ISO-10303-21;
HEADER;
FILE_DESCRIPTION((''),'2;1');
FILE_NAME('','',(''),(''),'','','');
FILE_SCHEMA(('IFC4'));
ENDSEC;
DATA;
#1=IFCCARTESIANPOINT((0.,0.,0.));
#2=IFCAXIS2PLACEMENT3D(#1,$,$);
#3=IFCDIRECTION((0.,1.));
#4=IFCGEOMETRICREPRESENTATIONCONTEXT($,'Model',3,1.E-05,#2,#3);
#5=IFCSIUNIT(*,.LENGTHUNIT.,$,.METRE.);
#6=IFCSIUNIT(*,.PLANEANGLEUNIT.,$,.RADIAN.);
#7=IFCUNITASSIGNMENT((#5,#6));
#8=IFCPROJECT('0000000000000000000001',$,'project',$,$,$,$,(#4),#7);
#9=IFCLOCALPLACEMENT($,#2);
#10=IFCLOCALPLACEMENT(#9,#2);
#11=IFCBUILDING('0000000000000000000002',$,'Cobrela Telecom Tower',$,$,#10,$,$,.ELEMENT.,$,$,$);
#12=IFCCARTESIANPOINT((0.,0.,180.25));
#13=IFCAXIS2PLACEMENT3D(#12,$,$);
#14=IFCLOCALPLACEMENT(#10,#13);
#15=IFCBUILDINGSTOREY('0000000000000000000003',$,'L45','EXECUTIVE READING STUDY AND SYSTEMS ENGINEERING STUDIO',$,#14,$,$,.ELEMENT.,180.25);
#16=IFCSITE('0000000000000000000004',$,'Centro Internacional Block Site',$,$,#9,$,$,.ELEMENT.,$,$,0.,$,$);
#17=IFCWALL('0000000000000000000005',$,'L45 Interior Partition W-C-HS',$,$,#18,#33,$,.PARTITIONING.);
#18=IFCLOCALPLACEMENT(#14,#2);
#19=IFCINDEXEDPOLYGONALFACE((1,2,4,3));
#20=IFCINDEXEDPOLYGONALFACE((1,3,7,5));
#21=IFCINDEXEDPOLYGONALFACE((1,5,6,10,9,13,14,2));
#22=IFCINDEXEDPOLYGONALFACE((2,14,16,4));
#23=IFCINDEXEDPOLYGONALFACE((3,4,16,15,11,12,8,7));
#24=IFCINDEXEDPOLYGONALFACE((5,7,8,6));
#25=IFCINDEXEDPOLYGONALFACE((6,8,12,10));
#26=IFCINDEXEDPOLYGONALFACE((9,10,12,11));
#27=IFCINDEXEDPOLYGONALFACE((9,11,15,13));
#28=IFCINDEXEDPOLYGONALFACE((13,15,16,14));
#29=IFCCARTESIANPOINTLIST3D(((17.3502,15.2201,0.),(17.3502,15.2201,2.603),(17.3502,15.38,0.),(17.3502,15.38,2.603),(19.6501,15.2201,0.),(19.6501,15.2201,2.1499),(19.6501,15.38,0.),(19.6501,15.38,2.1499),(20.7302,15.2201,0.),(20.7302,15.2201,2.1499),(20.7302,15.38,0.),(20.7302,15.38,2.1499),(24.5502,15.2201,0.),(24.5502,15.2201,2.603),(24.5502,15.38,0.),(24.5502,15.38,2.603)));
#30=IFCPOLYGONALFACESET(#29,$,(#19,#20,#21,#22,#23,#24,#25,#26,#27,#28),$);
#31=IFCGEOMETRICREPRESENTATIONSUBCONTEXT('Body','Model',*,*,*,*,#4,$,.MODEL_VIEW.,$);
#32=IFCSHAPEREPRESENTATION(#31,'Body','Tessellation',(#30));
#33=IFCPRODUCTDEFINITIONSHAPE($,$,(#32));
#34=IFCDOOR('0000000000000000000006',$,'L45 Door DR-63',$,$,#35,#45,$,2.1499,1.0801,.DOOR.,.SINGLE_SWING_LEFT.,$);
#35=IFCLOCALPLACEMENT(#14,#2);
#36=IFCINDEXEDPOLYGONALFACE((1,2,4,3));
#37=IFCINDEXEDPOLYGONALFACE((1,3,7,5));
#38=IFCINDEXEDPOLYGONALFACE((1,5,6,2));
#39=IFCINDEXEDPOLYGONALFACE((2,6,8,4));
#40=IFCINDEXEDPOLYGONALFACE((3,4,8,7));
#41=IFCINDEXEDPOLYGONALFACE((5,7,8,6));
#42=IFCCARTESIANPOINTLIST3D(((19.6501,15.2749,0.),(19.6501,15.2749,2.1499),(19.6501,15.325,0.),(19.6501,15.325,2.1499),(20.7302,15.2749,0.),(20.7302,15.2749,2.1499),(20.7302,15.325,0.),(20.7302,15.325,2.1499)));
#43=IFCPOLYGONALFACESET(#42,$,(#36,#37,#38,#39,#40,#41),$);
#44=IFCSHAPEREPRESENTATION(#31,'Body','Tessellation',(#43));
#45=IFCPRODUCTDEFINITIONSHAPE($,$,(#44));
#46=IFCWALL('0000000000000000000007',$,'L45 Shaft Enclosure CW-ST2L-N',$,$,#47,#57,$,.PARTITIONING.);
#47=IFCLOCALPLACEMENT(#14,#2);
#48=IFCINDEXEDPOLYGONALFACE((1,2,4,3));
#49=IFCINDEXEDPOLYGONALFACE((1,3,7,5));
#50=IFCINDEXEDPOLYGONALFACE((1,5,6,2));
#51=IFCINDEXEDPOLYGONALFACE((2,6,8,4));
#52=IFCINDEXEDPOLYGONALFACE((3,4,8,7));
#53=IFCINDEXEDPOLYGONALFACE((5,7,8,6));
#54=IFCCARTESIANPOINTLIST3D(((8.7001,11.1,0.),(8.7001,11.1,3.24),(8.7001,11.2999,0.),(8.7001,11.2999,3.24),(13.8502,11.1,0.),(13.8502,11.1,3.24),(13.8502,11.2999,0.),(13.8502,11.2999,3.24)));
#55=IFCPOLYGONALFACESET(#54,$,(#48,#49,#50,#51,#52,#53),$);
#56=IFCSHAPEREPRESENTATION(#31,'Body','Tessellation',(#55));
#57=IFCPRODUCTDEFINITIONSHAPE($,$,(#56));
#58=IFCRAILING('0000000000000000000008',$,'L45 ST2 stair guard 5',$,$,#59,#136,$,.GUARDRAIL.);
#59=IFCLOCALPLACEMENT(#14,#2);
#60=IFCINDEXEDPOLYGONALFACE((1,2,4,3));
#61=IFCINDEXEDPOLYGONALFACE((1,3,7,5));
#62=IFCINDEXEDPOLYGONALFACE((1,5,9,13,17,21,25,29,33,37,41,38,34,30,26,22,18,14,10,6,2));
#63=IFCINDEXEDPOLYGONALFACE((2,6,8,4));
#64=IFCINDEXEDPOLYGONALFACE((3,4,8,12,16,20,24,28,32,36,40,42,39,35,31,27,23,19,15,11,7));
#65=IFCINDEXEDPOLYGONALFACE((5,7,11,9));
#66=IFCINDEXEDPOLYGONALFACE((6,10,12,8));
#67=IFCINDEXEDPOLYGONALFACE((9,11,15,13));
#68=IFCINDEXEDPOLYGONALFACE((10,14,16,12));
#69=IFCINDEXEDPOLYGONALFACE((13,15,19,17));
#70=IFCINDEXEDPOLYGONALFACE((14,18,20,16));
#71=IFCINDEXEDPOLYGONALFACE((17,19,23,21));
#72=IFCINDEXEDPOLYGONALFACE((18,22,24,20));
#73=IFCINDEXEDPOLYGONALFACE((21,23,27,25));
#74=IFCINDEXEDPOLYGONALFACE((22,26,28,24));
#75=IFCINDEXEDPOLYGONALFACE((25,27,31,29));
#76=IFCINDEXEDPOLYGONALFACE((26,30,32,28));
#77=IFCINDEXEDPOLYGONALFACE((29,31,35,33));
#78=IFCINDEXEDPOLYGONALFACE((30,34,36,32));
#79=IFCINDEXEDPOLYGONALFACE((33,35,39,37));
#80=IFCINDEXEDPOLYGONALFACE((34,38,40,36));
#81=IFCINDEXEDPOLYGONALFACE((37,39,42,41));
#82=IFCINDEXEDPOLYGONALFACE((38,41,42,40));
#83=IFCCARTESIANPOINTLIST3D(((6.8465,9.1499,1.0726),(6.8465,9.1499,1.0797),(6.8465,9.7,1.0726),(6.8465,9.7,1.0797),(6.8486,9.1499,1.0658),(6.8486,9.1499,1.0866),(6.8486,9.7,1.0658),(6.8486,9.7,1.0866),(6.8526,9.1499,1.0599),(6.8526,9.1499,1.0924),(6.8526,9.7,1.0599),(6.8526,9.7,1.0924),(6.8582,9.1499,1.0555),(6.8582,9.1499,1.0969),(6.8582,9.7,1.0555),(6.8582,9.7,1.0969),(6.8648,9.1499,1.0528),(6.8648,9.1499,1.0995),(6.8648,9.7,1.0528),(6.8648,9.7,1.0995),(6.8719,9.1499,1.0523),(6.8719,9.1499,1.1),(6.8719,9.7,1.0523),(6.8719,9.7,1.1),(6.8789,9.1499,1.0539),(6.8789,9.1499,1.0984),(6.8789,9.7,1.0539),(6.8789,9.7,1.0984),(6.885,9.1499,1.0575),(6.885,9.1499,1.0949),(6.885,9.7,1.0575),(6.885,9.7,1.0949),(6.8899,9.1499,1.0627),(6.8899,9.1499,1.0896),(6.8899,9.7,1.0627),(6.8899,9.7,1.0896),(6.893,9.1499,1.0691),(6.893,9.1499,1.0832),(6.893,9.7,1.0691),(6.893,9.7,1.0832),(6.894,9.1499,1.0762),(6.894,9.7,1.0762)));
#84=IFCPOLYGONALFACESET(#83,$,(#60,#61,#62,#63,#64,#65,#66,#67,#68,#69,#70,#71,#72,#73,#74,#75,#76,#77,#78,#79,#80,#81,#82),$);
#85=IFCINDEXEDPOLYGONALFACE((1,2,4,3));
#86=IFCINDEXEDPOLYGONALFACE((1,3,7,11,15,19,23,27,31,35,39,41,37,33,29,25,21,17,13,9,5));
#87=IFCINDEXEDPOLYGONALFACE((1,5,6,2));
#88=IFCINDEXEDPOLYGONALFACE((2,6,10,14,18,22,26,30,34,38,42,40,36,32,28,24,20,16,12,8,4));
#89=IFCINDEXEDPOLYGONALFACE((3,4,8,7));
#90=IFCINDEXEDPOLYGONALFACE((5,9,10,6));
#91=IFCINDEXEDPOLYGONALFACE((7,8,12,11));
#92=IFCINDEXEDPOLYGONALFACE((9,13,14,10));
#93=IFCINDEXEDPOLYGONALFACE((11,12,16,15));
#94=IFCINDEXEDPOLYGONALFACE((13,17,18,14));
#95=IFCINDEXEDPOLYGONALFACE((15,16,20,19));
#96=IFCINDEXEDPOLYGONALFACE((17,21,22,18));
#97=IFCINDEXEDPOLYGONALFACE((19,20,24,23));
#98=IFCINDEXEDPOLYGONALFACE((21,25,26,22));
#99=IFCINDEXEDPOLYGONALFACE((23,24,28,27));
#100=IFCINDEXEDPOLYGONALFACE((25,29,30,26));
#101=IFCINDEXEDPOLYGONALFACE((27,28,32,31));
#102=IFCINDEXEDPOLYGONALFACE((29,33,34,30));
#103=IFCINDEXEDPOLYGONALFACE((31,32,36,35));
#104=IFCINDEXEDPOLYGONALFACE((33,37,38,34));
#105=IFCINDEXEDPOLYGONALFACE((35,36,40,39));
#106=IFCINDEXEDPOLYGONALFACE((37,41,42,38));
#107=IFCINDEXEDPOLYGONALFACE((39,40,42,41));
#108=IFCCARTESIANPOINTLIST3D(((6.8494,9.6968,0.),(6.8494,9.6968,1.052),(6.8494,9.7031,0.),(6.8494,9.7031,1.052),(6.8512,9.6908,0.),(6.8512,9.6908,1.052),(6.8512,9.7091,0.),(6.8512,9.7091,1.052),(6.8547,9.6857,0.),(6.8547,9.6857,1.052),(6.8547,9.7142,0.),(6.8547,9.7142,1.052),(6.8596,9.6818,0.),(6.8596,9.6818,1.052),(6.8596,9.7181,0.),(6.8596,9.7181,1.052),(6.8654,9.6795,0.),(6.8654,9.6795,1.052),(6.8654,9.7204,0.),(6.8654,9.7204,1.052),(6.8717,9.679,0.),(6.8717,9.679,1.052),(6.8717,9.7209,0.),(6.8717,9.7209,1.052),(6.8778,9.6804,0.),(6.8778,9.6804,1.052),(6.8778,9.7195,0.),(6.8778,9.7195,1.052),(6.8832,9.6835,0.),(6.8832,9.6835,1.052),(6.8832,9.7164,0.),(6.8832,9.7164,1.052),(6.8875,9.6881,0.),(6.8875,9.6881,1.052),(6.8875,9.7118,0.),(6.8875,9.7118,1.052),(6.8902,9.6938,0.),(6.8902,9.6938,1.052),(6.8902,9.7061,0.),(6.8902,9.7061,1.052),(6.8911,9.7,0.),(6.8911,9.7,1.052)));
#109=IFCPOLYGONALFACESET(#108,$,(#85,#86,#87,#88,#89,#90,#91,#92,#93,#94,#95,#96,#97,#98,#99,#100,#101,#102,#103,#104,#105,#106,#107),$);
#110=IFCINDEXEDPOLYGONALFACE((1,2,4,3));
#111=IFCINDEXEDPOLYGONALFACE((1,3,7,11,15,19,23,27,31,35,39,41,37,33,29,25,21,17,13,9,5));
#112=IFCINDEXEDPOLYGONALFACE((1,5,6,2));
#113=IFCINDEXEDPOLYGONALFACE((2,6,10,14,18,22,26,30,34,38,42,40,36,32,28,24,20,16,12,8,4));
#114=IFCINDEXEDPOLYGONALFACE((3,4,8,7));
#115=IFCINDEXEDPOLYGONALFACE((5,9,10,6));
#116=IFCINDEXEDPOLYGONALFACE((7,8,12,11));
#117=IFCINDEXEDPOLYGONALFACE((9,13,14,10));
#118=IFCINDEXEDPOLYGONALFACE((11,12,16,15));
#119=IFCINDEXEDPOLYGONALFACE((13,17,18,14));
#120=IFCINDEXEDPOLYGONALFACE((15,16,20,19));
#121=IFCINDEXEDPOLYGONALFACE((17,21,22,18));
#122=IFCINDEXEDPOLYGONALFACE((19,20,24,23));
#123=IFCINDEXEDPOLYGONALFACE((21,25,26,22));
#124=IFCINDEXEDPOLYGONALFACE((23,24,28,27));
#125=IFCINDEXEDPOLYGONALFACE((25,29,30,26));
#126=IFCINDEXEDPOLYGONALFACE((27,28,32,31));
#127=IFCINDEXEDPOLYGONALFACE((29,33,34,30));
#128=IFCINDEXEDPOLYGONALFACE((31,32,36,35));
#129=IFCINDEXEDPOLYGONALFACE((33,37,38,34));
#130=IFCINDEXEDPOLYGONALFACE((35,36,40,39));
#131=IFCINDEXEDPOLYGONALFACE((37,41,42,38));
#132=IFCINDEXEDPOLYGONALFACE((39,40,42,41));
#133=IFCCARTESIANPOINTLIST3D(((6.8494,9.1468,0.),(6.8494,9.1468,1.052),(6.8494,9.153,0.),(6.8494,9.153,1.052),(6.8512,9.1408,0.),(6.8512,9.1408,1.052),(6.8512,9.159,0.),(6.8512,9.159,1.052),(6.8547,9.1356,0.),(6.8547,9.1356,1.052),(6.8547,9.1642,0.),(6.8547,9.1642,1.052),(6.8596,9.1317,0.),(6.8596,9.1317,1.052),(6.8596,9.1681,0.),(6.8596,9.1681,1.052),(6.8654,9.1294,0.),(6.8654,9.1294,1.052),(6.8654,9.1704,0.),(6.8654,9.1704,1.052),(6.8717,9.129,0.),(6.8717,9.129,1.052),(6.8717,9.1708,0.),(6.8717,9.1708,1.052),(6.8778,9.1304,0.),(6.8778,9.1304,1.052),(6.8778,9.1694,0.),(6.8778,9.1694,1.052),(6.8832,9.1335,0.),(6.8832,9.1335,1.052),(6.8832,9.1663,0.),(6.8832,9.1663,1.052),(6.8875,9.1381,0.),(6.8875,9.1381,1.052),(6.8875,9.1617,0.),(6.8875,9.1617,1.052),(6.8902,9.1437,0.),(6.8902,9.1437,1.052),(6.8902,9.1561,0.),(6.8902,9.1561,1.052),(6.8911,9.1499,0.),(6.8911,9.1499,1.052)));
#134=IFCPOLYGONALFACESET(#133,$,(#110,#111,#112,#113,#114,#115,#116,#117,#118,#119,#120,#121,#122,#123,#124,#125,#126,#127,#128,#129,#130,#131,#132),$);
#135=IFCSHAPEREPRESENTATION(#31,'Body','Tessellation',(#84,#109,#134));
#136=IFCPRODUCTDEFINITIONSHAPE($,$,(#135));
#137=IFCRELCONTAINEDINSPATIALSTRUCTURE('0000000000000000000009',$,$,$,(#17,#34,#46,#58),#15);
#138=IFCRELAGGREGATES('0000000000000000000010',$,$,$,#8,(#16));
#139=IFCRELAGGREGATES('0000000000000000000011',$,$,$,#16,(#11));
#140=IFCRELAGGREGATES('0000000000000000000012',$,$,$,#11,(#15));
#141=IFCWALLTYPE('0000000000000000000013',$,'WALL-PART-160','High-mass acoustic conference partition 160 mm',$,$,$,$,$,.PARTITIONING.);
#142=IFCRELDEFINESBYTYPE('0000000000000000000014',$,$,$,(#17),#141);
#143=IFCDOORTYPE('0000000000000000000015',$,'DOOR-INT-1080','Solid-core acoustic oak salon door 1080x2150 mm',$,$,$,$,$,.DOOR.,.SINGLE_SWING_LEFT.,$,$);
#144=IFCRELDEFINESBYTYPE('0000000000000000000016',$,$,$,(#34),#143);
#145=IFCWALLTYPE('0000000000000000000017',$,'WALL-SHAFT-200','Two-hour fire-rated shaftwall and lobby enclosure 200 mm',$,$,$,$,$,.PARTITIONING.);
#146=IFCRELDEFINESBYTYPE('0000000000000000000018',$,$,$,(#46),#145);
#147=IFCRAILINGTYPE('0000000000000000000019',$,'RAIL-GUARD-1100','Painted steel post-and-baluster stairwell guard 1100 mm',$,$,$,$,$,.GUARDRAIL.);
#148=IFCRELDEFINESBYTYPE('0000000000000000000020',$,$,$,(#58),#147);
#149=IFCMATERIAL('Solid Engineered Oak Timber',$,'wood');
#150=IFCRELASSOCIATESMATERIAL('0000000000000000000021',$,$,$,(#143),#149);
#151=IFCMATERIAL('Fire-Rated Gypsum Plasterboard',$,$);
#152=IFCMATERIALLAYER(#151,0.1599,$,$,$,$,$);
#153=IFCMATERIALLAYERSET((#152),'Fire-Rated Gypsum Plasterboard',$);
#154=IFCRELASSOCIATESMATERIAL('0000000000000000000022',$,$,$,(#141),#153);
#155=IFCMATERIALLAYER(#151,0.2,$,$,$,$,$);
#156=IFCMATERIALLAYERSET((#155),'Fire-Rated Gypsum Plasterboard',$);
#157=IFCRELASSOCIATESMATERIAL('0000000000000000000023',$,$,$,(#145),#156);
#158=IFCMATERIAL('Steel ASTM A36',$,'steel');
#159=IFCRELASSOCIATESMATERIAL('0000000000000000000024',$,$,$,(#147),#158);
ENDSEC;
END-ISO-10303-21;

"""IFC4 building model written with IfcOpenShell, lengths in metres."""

from ifc_helpers import new_model, si_unit, direction, frame, frame_2d, origin, origin_2d, place, context, subcontext, project, spatial, rectangle, circle, extrude, material, layer, layer_set, type_object, element, fill, save


model = new_model("IFC4")

# Units and contexts
model_context = context("Model", 3, precision=1e-05, world=origin(), true_north=direction((0.0, 1.0)))
body_context = subcontext(model_context, "Body", "Model", "MODEL_VIEW")
ifc_project = project(units=[si_unit("LENGTHUNIT", "METRE"), si_unit("PLANEANGLEUNIT", "RADIAN")], contexts=[model_context])

# Site, building, storey
site_placement = place(None, origin())
site = spatial("IfcSite", under=ifc_project, at=site_placement, Name="Centro Internacional Block Site", CompositionType="ELEMENT", RefElevation=0.0)
building_placement = place(site_placement, origin())
building = spatial("IfcBuilding", under=site, at=building_placement, Name="Cobrela Telecom Tower", CompositionType="ELEMENT")
storey_placement = place(building_placement, frame((0.0, 0.0, 180.25)))
storey = spatial("IfcBuildingStorey", under=building, at=storey_placement, Name="L45", Description="EXECUTIVE READING STUDY AND SYSTEMS ENGINEERING STUDIO", CompositionType="ELEMENT", Elevation=180.25)

# Shared definitions
ifc_material_1 = material(Name="Fire-Rated Gypsum Plasterboard")
ifc_material_2 = material(Name="Solid Engineered Oak Timber", Category="wood")

# Wall, opening, door
door_type_1 = type_object("IfcDoorType", Name="DOOR-INT-1080", Description="Solid-core acoustic oak salon door 1080x2150 mm", OperationType="SINGLE_SWING_LEFT", PredefinedType="DOOR", material=ifc_material_2)
ifc_layer_1 = layer(ifc_material_1, 0.1599)
ifc_layer_set_1 = layer_set([ifc_layer_1], Name="Fire-Rated Gypsum Plasterboard")
wall_type_1 = type_object("IfcWallType", Name="WALL-PART-160", Description="High-mass acoustic conference partition 160 mm", PredefinedType="PARTITIONING", material=ifc_layer_set_1)
wall_1_placement = place(storey_placement, frame((17.3501, 15.3, 0.0), z_axis=(0.0, 0.0, 1.0), x_axis=(1.0, 0.0, 0.0)))
wall_1 = element("IfcWall", 1, at=wall_1_placement, inside=storey, type_object=wall_type_1, Name="L45 Interior Partition W-C-HS", PredefinedType="PARTITIONING", context=body_context, shape_type="SweptSolid", body=[
    extrude(rectangle(XDim=7.2, YDim=0.1599, at=frame_2d((3.6001, 0.0))), origin(), (0.0, 0.0, 1.0), 2.603),
])
opening_1_placement = place(wall_1_placement, frame((2.3, 0.0, 0.0)))
opening_1 = element("IfcOpeningElement", 2, at=opening_1_placement, cuts=wall_1, PredefinedType="OPENING", context=body_context, shape_type="SweptSolid", body=[
    extrude(rectangle(XDim=1.0801, YDim=2.1499, at=frame_2d((0.54, 1.075))), frame((0.0, 0.0918, 0.0), z_axis=(0.0, -1.0, 0.0), x_axis=(1.0, 0.0, 0.0)), (0.0, 0.0, 1.0), 0.1838),
])
door_1_placement = place(opening_1_placement, origin())
door_1 = element("IfcDoor", 3, at=door_1_placement, inside=storey, type_object=door_type_1, Name="L45 Door DR-63", OperationType="SINGLE_SWING_LEFT", OverallHeight=2.1499, OverallWidth=1.0801, PredefinedType="DOOR", context=body_context, shape_type="SweptSolid", body=[
    extrude(rectangle(XDim=1.0801, YDim=2.1499, at=frame_2d((0.54, 1.075))), frame((0.0, 0.0249, 0.0), z_axis=(0.0, -1.0, 0.0), x_axis=(1.0, 0.0, 0.0)), (0.0, 0.0, 1.0), 0.05),
])
fill(opening_1, door_1)

# Wall
ifc_layer_2 = layer(ifc_material_1, 0.2)
ifc_layer_set_2 = layer_set([ifc_layer_2], Name="Fire-Rated Gypsum Plasterboard")
wall_type_2 = type_object("IfcWallType", Name="WALL-SHAFT-200", Description="Two-hour fire-rated shaftwall and lobby enclosure 200 mm", PredefinedType="PARTITIONING", material=ifc_layer_set_2)
wall_2_placement = place(storey_placement, frame((8.7, 11.2, 0.0), z_axis=(0.0, 0.0, 1.0), x_axis=(1.0, 0.0, 0.0)))
element("IfcWall", 4, at=wall_2_placement, inside=storey, type_object=wall_type_2, Name="L45 Shaft Enclosure CW-ST2L-N", PredefinedType="PARTITIONING", context=body_context, shape_type="SweptSolid", body=[
    extrude(rectangle(XDim=5.1501, YDim=0.2, at=frame_2d((2.5752, 0.0))), origin(), (0.0, 0.0, 1.0), 3.24),
])

# Railing
ifc_material_3 = material(Name="Steel ASTM A36", Category="steel")
railing_type_1 = type_object("IfcRailingType", Name="RAIL-GUARD-1100", Description="Painted steel post-and-baluster stairwell guard 1100 mm", PredefinedType="GUARDRAIL", material=ifc_material_3)
railing_1_placement = place(storey_placement, frame((6.8701, 9.7, 0.0)))
element("IfcRailing", 5, at=railing_1_placement, inside=storey, type_object=railing_type_1, Name="L45 ST2 stair guard 5", PredefinedType="GUARDRAIL", context=body_context, shape_type="SweptSolid", body=[
    extrude(circle(Radius=0.0239, at=origin_2d()), frame((0.0, 0.0, 1.0762), z_axis=(0.0, -1.0, 0.0), x_axis=(1.0, 0.0, 0.0)), (0.0, 0.0, 1.0), 0.55),
    extrude(circle(Radius=0.021, at=origin_2d()), origin(), (0.0, 0.0, 1.0), 1.052),
    extrude(circle(Radius=0.021, at=origin_2d()), frame((0.0, -0.55, 0.0)), (0.0, 0.0, 1.0), 1.052),
])

save(model, "model.ifc")
